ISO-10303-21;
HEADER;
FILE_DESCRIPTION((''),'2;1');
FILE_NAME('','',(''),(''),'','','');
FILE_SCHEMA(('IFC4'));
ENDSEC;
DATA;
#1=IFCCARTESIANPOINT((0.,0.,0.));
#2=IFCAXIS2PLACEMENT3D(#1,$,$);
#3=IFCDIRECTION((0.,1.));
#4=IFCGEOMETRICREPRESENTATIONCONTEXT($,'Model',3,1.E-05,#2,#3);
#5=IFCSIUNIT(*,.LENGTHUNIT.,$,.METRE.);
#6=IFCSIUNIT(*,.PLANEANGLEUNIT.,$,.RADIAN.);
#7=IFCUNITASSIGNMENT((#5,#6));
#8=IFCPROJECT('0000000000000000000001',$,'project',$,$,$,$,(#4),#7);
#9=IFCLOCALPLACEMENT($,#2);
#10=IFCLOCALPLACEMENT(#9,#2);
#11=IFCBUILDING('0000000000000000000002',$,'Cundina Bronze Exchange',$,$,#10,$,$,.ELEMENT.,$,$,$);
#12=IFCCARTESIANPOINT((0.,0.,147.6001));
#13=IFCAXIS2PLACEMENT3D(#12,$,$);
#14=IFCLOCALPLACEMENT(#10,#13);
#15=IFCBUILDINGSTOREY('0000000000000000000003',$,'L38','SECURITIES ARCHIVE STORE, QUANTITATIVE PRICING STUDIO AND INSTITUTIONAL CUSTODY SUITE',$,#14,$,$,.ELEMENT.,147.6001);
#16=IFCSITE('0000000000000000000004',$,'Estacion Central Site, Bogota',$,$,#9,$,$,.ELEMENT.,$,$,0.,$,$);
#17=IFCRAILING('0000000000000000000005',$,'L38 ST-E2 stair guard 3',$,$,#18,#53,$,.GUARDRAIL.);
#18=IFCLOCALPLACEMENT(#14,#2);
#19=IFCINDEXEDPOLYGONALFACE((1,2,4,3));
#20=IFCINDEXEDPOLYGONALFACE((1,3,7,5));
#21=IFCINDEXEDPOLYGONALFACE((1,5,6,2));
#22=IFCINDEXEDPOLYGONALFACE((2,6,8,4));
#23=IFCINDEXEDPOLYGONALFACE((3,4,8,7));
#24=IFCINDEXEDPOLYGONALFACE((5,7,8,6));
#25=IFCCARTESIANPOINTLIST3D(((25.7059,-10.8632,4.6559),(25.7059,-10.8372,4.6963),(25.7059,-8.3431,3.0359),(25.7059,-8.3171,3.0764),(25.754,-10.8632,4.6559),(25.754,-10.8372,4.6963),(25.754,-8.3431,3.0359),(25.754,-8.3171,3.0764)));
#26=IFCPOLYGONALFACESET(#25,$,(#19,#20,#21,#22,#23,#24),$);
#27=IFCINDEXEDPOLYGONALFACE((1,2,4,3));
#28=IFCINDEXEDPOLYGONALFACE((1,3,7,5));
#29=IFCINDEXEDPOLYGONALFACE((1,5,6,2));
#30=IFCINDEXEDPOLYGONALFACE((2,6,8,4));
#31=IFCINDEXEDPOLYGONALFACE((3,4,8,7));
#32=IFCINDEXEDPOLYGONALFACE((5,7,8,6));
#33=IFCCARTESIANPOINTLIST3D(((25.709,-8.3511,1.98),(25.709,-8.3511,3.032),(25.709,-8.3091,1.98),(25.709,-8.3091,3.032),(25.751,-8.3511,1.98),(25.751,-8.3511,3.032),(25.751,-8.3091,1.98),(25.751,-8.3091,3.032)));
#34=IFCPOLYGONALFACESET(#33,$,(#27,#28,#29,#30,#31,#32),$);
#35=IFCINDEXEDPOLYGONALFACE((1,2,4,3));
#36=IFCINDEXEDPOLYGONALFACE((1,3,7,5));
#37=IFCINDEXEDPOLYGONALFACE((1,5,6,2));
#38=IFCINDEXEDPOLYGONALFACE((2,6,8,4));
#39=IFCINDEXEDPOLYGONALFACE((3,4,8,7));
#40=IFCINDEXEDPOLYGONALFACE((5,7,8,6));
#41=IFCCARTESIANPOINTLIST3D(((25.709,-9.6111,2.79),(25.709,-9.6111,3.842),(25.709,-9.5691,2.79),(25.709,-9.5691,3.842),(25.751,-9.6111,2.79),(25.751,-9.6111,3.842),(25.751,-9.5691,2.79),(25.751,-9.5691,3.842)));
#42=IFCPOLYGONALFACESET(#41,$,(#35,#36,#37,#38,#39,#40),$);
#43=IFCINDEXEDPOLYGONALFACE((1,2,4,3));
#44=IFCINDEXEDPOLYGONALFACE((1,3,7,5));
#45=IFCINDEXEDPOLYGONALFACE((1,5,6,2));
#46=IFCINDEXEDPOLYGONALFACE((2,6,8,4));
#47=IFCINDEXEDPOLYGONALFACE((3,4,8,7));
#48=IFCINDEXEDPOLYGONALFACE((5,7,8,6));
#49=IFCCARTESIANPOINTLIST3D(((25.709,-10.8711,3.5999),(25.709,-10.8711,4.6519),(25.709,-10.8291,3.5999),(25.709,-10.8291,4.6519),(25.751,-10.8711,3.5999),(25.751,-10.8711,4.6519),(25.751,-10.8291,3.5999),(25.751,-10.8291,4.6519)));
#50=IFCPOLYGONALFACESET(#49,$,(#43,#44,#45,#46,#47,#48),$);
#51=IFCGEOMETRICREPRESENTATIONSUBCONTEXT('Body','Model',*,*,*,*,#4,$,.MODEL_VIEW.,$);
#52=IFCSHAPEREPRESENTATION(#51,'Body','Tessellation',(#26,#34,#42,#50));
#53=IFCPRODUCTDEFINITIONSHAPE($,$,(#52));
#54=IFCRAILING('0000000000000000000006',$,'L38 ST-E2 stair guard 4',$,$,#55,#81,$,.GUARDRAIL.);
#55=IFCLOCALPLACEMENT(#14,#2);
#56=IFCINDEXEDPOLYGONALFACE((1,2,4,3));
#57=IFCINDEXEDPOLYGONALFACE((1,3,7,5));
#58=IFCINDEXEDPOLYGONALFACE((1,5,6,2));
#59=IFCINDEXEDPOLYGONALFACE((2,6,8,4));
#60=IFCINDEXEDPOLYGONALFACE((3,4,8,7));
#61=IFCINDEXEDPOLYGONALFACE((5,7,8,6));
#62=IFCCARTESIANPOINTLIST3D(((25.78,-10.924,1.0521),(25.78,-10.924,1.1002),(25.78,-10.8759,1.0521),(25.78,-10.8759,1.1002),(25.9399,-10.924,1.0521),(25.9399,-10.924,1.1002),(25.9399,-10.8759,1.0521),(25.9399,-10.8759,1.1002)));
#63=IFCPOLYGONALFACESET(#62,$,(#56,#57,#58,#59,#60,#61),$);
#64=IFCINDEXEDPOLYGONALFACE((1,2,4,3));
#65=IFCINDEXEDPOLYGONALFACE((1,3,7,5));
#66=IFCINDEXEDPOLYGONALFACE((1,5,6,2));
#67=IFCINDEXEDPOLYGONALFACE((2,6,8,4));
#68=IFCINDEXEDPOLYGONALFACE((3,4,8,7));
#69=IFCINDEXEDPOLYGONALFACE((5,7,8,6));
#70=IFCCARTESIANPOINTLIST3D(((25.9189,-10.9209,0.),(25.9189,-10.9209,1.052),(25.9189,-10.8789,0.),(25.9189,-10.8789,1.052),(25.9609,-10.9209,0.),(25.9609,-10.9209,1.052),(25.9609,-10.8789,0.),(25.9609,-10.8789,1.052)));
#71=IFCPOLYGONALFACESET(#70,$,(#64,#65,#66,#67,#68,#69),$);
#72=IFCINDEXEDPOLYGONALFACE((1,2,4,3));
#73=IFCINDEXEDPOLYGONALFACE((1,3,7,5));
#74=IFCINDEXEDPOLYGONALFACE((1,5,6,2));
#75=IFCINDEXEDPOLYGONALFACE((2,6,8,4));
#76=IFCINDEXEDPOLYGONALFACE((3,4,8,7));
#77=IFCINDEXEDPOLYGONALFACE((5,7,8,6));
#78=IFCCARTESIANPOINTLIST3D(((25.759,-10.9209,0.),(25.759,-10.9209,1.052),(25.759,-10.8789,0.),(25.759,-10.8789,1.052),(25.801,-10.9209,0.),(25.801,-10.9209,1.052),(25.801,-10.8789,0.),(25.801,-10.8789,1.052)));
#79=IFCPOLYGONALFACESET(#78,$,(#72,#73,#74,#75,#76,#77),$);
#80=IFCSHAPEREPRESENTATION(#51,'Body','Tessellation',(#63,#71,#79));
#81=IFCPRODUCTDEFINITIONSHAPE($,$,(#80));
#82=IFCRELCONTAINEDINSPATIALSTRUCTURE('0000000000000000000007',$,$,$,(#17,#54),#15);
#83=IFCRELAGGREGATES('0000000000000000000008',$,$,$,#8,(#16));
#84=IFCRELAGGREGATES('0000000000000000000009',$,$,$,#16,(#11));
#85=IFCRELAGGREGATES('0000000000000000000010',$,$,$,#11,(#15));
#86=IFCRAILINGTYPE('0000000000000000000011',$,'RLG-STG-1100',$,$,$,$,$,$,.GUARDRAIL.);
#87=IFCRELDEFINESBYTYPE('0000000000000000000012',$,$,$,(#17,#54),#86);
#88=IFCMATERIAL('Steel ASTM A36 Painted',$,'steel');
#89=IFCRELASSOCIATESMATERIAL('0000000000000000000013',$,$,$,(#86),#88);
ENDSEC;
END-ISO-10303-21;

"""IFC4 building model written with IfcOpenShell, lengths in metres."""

from ifc_helpers import new_model, si_unit, direction, frame, origin, origin_2d, place, context, subcontext, project, spatial, rectangle, extrude, material, type_object, element, save


model = new_model("IFC4")

# Units and contexts
model_context = context("Model", 3, precision=1e-05, world=origin(), true_north=direction((0.0, 1.0)))
body_context = subcontext(model_context, "Body", "Model", "MODEL_VIEW")
ifc_project = project(units=[si_unit("LENGTHUNIT", "METRE"), si_unit("PLANEANGLEUNIT", "RADIAN")], contexts=[model_context])

# Site, building, storey
site_placement = place(None, origin())
site = spatial("IfcSite", under=ifc_project, at=site_placement, Name="Estacion Central Site, Bogota", CompositionType="ELEMENT", RefElevation=0.0)
building_placement = place(site_placement, origin())
building = spatial("IfcBuilding", under=site, at=building_placement, Name="Cundina Bronze Exchange", CompositionType="ELEMENT")
storey_placement = place(building_placement, frame((0.0, 0.0, 147.6001)))
storey = spatial("IfcBuildingStorey", under=building, at=storey_placement, Name="L38", Description="SECURITIES ARCHIVE STORE, QUANTITATIVE PRICING STUDIO AND INSTITUTIONAL CUSTODY SUITE", CompositionType="ELEMENT", Elevation=147.6001)

# Shared definitions
ifc_material_1 = material(Name="Steel ASTM A36 Painted", Category="steel")

# Railings
railing_type_1 = type_object("IfcRailingType", Name="RLG-STG-1100", PredefinedType="GUARDRAIL", material=ifc_material_1)
railing_1_placement = place(storey_placement, frame((25.73, -8.3301, 1.98)))
element("IfcRailing", 1, at=railing_1_placement, inside=storey, type_object=railing_type_1, Name="L38 ST-E2 stair guard 3", PredefinedType="GUARDRAIL", context=body_context, shape_type="SweptSolid", body=[
    extrude(rectangle(XDim=0.0481, YDim=0.0481, at=origin_2d()), frame((0.0, 0.0, 1.0762), z_axis=(0.0, -0.8412, 0.540725), x_axis=(1.0, 0.0, 0.0)), (0.0, 0.0, 1.0), 2.9958),
    extrude(rectangle(XDim=0.042, YDim=0.042, at=origin_2d()), origin(), (0.0, 0.0, 1.0), 1.052),
    extrude(rectangle(XDim=0.042, YDim=0.042, at=origin_2d()), frame((0.0, -1.26, 0.8101)), (0.0, 0.0, 1.0), 1.052),
    extrude(rectangle(XDim=0.042, YDim=0.042, at=origin_2d()), frame((0.0, -2.52, 1.6199)), (0.0, 0.0, 1.0), 1.052),
])
railing_2_placement = place(storey_placement, frame((25.9399, -10.8999, 0.0)))
element("IfcRailing", 2, at=railing_2_placement, inside=storey, type_object=railing_type_1, Name="L38 ST-E2 stair guard 4", PredefinedType="GUARDRAIL", context=body_context, shape_type="SweptSolid", body=[
    extrude(rectangle(XDim=0.0481, YDim=0.0481, at=origin_2d()), frame((0.0, 0.0, 1.0762), z_axis=(-1.0, 0.0, 0.0), x_axis=(0.0, -1.0, 0.0)), (0.0, 0.0, 1.0), 0.1599),
    extrude(rectangle(XDim=0.042, YDim=0.042, at=origin_2d()), origin(), (0.0, 0.0, 1.0), 1.052),
    extrude(rectangle(XDim=0.042, YDim=0.042, at=origin_2d()), frame((-0.1599, 0.0, 0.0)), (0.0, 0.0, 1.0), 1.052),
])

save(model, "model.ifc")
